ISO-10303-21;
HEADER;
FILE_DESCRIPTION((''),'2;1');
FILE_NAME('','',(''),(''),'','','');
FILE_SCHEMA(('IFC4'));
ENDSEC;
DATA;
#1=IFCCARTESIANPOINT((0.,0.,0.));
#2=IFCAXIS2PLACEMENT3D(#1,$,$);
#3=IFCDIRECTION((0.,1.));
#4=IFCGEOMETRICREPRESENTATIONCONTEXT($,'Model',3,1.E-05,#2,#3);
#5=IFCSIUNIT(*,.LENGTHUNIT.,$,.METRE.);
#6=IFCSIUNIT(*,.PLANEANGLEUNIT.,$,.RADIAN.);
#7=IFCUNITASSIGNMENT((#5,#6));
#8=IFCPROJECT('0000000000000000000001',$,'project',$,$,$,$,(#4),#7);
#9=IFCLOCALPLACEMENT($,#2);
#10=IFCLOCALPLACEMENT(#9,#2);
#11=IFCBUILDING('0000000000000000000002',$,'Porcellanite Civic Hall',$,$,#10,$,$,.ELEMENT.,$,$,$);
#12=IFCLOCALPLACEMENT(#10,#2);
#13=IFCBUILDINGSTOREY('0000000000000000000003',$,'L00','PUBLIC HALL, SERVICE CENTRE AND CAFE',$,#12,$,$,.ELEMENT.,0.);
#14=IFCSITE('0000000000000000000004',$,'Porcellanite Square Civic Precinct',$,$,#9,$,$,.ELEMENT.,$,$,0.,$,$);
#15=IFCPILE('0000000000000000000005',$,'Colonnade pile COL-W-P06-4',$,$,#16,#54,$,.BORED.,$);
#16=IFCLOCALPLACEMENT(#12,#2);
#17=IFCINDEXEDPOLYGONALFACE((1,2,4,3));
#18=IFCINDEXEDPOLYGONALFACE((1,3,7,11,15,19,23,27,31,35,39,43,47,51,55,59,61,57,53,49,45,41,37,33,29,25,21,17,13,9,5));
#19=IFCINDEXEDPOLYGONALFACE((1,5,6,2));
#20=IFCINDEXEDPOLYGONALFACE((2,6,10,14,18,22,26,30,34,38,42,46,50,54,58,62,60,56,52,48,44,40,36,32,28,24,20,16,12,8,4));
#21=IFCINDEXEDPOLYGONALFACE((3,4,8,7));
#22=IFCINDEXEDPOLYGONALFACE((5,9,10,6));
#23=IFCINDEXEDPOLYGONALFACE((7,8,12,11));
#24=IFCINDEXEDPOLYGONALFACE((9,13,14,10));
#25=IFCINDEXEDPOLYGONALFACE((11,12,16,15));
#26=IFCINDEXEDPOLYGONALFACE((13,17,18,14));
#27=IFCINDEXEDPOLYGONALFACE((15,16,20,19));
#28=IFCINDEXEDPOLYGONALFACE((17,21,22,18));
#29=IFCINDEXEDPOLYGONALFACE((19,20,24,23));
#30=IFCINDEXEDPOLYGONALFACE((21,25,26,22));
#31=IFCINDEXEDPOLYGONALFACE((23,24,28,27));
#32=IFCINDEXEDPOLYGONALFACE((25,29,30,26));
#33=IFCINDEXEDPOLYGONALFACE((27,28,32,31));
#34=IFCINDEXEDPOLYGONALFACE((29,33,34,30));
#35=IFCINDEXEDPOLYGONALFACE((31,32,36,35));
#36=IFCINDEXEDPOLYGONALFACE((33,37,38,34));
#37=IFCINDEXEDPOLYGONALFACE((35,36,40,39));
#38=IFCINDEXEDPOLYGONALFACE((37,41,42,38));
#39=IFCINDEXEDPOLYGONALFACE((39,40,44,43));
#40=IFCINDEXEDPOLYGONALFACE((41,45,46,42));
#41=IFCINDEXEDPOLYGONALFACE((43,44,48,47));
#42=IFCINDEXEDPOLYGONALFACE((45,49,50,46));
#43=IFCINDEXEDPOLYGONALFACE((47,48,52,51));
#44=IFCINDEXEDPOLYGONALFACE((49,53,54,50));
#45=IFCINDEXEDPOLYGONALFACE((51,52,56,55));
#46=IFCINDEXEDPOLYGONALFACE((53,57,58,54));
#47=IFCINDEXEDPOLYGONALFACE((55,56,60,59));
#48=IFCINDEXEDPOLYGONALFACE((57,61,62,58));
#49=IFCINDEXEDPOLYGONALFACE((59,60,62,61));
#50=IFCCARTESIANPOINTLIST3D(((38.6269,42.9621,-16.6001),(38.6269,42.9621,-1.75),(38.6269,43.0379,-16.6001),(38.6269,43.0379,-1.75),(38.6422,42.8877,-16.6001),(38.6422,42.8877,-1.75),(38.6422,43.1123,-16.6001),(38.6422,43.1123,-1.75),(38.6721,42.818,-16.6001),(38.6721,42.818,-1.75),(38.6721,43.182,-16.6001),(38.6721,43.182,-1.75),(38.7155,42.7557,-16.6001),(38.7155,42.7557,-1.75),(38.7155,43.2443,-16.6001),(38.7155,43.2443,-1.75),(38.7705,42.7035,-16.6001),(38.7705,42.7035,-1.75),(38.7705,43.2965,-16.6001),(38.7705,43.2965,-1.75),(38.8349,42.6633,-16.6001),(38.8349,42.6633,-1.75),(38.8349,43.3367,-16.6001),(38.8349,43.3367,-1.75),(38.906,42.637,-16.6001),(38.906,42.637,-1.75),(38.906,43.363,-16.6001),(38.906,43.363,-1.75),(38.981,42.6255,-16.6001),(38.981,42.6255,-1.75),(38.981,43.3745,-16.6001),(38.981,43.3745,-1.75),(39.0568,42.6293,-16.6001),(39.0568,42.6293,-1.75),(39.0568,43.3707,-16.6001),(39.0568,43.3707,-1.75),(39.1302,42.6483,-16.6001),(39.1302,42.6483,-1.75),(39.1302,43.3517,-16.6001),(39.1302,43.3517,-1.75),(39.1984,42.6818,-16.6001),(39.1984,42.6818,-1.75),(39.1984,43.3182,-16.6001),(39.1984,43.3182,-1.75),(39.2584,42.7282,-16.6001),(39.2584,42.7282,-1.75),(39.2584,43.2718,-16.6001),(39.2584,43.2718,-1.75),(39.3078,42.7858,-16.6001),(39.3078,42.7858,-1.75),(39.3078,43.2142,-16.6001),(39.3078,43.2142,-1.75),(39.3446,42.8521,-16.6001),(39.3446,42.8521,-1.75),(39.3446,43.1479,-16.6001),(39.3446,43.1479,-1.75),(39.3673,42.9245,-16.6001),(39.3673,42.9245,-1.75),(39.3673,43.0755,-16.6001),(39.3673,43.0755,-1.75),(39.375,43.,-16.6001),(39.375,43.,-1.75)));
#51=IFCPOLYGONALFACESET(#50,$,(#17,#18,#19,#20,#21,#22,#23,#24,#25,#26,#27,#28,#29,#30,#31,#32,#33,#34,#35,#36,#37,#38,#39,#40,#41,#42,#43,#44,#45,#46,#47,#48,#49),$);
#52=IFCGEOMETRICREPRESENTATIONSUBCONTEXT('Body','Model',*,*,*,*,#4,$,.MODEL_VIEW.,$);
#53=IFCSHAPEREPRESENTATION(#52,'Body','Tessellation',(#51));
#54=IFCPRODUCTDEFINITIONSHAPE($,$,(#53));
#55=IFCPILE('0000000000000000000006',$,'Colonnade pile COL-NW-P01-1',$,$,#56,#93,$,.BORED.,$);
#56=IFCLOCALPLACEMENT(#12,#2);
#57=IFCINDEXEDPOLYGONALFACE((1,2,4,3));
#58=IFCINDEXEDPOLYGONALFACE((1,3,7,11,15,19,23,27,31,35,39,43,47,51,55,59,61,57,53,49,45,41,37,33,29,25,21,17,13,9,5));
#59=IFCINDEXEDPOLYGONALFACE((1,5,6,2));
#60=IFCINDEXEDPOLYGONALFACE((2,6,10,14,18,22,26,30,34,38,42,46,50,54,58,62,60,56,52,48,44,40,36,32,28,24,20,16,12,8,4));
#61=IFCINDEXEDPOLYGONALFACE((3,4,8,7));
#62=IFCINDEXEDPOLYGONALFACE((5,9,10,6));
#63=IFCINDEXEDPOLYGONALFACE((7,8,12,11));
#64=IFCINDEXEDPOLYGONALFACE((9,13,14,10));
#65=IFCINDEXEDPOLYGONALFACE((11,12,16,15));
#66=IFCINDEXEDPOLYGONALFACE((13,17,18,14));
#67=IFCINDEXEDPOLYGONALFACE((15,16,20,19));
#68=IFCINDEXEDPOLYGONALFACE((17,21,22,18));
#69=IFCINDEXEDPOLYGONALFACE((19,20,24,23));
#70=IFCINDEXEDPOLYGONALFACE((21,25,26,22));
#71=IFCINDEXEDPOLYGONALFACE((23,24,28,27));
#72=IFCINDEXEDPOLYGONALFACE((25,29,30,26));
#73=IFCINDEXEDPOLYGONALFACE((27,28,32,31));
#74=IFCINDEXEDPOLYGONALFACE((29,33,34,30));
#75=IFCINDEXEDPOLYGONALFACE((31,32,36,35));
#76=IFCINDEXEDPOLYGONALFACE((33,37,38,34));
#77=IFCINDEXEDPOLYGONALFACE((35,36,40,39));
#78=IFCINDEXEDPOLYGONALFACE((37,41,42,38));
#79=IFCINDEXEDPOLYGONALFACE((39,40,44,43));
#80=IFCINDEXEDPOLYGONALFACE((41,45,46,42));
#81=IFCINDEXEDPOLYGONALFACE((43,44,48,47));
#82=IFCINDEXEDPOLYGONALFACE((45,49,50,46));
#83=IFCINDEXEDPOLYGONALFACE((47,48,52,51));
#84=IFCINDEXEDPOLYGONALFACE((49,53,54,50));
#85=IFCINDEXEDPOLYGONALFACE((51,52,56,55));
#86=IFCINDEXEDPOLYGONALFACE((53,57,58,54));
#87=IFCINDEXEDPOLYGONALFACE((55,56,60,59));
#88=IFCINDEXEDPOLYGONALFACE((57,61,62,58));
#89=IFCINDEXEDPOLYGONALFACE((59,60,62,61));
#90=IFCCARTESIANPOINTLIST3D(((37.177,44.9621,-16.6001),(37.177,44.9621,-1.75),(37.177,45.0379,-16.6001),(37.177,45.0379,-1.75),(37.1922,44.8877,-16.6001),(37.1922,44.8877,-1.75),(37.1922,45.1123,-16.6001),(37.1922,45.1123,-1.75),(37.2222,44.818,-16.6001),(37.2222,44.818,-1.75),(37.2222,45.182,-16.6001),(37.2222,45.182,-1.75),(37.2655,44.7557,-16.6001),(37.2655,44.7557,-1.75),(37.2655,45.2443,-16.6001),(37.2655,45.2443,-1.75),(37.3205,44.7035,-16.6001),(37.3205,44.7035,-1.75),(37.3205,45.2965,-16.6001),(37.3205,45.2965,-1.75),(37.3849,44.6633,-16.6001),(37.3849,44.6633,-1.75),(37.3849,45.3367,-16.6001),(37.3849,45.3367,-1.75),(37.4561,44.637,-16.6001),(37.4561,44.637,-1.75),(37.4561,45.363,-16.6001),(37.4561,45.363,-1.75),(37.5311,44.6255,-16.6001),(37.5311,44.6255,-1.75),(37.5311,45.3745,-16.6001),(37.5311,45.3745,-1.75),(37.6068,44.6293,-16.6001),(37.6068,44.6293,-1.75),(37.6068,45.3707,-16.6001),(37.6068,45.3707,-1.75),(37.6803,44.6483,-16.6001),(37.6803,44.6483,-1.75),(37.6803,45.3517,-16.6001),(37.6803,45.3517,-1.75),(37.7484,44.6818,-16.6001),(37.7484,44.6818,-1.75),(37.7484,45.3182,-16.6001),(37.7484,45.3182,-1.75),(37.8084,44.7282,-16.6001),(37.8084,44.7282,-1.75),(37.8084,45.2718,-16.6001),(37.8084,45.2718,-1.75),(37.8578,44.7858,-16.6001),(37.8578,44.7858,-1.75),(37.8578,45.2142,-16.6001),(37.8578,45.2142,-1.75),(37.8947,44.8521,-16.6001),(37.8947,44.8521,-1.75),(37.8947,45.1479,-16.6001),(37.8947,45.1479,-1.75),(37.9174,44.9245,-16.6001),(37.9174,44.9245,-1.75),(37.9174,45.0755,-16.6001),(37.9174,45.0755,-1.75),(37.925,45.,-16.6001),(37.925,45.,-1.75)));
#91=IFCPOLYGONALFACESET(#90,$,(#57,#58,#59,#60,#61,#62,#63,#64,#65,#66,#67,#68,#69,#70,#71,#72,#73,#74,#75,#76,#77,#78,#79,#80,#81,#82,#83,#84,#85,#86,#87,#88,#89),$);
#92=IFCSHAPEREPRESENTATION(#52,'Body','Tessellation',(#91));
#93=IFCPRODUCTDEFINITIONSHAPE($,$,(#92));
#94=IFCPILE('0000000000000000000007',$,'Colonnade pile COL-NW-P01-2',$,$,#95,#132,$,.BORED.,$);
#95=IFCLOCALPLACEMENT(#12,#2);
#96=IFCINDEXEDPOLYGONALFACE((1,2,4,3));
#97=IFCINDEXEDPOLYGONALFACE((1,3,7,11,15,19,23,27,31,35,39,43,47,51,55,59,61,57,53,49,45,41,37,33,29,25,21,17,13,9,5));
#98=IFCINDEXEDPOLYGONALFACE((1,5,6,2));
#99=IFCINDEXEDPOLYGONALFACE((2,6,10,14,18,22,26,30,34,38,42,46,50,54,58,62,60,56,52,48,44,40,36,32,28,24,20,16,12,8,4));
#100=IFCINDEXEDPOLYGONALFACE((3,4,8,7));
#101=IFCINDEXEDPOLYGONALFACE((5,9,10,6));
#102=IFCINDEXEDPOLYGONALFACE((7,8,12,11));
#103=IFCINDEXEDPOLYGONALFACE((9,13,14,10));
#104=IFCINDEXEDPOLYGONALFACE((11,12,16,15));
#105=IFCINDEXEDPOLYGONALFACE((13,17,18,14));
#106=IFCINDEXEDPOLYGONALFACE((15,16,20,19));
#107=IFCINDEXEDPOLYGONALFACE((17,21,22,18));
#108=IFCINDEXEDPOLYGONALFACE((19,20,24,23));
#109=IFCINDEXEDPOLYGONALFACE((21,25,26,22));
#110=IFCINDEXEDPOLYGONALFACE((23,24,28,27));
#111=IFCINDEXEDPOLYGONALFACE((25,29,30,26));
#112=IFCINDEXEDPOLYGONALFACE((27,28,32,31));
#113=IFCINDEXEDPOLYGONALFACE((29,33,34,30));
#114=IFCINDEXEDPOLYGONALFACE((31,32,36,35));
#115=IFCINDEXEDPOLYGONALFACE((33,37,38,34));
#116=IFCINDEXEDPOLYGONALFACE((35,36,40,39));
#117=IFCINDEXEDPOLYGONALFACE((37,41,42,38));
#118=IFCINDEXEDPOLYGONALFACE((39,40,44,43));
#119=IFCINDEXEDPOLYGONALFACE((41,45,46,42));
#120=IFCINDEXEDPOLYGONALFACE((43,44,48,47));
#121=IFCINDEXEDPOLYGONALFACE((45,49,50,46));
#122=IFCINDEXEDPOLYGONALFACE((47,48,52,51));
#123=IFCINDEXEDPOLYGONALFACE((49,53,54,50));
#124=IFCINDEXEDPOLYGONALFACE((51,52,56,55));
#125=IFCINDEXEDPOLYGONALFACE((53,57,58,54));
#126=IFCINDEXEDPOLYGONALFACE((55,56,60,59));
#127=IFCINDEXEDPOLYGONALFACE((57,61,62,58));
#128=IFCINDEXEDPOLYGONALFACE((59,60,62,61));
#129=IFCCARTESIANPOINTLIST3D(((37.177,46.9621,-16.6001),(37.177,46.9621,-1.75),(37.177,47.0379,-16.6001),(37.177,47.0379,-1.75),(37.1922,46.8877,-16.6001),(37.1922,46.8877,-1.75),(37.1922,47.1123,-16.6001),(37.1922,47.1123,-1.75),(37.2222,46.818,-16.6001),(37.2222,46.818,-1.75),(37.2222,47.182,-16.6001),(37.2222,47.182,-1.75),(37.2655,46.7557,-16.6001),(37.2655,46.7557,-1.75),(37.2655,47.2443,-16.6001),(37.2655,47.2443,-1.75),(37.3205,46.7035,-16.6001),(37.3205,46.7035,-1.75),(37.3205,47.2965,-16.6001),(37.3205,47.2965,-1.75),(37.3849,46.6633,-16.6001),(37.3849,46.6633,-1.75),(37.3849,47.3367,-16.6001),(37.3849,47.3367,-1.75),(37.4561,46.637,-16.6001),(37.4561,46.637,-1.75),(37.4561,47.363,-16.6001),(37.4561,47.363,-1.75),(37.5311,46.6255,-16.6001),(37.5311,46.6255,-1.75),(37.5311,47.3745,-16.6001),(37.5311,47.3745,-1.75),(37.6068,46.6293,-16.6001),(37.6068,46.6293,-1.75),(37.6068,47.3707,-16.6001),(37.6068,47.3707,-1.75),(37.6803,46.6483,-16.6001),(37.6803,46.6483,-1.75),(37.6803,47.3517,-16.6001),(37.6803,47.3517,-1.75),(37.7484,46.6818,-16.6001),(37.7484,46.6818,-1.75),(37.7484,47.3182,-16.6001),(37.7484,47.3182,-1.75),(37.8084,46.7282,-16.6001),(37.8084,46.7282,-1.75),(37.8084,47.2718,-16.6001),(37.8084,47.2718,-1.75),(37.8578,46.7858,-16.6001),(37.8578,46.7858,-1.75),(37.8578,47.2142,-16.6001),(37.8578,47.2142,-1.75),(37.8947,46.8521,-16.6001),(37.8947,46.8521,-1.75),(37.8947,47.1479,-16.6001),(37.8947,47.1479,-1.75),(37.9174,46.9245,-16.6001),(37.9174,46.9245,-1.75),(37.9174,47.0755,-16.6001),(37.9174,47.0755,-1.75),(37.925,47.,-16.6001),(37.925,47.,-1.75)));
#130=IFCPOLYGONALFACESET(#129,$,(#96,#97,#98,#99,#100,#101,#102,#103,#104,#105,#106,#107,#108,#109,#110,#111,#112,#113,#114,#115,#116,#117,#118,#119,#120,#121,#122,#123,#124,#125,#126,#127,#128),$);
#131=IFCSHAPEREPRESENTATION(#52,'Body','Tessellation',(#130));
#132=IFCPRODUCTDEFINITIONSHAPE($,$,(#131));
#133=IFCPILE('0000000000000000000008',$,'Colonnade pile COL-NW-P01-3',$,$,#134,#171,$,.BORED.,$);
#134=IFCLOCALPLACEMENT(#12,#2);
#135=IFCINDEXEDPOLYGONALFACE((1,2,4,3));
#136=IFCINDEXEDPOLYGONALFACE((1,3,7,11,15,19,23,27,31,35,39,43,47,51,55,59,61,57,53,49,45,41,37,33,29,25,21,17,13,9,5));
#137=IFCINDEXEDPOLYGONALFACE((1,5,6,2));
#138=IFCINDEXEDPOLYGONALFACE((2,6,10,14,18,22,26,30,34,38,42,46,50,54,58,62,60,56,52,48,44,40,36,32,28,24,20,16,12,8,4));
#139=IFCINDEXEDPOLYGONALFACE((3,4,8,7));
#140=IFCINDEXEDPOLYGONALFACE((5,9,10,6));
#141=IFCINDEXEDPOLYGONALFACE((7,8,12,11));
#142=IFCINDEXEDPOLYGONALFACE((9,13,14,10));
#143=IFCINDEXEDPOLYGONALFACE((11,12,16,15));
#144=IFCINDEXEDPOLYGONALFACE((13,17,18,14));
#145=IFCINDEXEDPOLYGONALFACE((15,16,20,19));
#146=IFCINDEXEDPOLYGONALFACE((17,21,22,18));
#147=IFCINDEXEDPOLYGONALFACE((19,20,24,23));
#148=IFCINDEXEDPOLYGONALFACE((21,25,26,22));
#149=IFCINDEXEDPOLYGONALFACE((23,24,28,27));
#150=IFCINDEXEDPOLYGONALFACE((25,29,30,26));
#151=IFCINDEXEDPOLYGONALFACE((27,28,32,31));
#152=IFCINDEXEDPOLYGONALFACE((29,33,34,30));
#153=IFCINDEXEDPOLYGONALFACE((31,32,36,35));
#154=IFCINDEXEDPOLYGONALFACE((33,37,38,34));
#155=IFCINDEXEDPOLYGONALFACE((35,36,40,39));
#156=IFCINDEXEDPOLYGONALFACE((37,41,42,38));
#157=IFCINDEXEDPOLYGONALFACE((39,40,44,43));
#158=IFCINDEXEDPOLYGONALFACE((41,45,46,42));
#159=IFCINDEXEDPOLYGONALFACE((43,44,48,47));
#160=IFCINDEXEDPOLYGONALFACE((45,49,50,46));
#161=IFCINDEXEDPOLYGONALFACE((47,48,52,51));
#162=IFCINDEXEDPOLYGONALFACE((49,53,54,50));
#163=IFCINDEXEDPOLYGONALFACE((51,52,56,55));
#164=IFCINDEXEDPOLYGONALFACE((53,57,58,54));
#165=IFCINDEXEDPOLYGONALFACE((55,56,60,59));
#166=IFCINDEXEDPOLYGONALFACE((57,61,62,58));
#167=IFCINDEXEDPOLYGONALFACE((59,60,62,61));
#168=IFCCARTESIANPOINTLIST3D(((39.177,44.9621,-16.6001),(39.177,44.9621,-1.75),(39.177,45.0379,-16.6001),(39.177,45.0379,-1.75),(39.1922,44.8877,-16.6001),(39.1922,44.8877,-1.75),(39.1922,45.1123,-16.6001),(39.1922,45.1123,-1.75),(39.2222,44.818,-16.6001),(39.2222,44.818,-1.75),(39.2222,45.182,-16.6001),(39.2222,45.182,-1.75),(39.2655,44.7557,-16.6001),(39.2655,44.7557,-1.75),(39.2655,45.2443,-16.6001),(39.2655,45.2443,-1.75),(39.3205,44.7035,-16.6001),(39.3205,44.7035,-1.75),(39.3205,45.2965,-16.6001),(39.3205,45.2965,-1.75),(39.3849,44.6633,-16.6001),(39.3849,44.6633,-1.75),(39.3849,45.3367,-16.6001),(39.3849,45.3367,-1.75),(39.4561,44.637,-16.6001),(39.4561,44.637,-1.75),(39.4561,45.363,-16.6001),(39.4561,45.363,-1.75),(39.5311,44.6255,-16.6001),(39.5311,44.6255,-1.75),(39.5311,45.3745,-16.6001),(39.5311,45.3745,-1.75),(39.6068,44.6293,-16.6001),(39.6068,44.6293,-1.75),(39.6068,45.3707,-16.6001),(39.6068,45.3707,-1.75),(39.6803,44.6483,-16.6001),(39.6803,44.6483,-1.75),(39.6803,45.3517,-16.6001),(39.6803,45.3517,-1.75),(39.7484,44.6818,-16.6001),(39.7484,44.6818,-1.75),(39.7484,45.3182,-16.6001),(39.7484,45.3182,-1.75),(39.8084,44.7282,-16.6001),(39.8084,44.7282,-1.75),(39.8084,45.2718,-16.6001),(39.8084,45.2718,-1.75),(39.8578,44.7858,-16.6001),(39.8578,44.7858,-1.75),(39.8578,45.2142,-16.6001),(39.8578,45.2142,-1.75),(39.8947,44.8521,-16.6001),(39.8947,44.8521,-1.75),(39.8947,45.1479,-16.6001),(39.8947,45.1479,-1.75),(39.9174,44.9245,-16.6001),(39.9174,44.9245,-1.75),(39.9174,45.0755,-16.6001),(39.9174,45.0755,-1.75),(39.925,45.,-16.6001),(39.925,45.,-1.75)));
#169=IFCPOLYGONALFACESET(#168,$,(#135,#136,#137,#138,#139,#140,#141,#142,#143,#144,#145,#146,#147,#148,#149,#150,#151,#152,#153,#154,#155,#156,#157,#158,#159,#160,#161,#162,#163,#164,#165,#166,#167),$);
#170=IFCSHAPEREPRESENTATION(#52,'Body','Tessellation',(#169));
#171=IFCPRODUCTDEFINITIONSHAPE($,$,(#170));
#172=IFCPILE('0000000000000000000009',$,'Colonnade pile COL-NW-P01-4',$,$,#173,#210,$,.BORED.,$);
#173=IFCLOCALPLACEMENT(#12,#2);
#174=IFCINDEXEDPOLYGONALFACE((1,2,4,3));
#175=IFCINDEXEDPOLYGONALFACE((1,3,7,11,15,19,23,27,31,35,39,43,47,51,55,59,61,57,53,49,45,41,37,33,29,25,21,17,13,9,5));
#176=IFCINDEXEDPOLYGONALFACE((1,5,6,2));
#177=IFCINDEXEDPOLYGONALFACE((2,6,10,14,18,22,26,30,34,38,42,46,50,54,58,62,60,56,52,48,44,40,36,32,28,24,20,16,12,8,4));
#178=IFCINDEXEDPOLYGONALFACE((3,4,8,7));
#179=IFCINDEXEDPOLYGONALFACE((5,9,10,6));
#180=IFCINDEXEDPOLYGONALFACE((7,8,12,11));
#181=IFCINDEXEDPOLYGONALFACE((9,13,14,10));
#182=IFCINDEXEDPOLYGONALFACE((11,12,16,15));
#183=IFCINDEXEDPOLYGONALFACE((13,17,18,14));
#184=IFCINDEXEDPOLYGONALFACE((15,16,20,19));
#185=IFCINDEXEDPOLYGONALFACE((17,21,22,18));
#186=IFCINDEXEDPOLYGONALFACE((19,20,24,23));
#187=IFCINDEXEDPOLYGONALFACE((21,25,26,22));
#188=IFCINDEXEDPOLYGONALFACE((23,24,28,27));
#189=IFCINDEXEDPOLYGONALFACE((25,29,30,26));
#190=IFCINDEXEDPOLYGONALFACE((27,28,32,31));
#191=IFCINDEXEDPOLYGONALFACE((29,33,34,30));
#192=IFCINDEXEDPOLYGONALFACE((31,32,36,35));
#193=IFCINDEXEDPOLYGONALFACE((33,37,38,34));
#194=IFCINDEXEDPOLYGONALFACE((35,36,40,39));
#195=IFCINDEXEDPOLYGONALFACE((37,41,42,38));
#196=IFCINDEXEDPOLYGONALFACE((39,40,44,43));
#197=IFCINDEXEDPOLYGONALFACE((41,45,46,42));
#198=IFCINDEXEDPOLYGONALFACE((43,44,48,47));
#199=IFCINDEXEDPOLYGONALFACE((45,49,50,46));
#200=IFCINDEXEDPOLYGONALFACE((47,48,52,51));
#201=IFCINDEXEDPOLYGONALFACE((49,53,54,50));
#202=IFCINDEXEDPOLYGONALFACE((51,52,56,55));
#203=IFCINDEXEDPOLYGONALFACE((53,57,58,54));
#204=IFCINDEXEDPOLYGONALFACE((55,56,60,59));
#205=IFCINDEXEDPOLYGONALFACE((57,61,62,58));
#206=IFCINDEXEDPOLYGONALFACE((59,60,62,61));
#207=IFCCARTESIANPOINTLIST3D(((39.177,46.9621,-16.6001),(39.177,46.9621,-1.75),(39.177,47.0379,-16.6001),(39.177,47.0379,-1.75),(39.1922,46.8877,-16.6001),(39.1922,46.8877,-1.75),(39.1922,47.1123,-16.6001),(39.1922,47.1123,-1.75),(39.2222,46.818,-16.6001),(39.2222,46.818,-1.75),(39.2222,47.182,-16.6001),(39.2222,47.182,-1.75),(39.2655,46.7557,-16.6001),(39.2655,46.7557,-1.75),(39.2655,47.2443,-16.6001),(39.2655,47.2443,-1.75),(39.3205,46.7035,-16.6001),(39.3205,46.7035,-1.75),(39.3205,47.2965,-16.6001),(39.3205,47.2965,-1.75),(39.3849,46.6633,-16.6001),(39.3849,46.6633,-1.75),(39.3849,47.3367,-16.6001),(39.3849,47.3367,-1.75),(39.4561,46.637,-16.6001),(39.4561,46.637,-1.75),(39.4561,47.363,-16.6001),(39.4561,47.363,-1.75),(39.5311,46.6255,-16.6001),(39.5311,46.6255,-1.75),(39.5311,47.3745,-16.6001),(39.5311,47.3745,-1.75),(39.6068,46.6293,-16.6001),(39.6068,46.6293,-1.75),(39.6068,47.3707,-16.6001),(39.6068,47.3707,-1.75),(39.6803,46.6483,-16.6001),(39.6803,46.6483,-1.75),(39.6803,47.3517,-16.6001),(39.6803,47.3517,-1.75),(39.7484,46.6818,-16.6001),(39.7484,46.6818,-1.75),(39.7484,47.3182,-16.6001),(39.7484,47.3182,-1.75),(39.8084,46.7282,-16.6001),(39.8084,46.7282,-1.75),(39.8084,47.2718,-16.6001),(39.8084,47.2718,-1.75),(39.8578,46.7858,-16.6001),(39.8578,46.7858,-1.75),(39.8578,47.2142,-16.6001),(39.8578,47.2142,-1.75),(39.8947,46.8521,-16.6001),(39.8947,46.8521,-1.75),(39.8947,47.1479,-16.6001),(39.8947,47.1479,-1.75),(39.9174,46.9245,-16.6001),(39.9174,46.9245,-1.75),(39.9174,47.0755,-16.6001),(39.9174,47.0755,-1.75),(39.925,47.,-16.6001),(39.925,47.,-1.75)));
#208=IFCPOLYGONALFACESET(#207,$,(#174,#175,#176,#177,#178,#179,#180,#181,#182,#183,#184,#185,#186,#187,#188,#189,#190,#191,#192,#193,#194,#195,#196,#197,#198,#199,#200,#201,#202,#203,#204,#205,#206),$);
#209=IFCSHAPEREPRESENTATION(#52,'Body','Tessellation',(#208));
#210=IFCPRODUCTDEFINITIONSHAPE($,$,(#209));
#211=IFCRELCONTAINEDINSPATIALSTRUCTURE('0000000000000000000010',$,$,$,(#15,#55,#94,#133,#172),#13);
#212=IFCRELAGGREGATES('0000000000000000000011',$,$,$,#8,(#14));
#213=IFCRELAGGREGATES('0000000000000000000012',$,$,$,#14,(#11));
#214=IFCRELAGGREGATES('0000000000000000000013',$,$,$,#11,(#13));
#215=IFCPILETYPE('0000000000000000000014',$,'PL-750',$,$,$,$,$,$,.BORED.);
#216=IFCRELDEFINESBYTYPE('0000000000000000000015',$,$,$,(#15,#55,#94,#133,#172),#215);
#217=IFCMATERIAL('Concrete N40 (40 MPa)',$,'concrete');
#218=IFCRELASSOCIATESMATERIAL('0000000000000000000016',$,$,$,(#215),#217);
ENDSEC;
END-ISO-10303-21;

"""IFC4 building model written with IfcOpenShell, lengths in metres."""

from ifc_helpers import new_model, si_unit, direction, frame, origin, origin_2d, place, context, subcontext, project, spatial, circle, extrude, material, material_profile, profile_set, type_object, element, save


model = new_model("IFC4")

# Units and contexts
model_context = context("Model", 3, precision=1e-05, world=origin(), true_north=direction((0.0, 1.0)))
body_context = subcontext(model_context, "Body", "Model", "MODEL_VIEW")
ifc_project = project(units=[si_unit("LENGTHUNIT", "METRE"), si_unit("PLANEANGLEUNIT", "RADIAN")], contexts=[model_context])

# Site, building, storey
site_placement = place(None, origin())
site = spatial("IfcSite", under=ifc_project, at=site_placement, Name="Porcellanite Square Civic Precinct", CompositionType="ELEMENT", RefElevation=0.0)
building_placement = place(site_placement, origin())
building = spatial("IfcBuilding", under=site, at=building_placement, Name="Porcellanite Civic Hall", CompositionType="ELEMENT")
storey_placement = place(building_placement, origin())
storey = spatial("IfcBuildingStorey", under=building, at=storey_placement, Name="L00", Description="PUBLIC HALL, SERVICE CENTRE AND CAFE", CompositionType="ELEMENT", Elevation=0.0)

# Piles
ifc_material_1 = material(Name="Concrete N40 (40 MPa)", Category="concrete")
ifc_material_profile_1 = material_profile(ifc_material_1, circle(Radius=0.375, at=origin_2d()), Name="PILE-D750")
ifc_profile_set_1 = profile_set([ifc_material_profile_1], Name="Concrete N40 (40 MPa)")
pile_type = type_object("IfcPileType", Name="PL-750", PredefinedType="BORED", material=ifc_profile_set_1)
for number, where, z_axis, x_axis, name in (
    (1, (39.0, 43.0, -1.75), (0.0, 0.0, -1.0), (1.0, 0.0, 0.0), "Colonnade pile COL-W-P06-4"),
    (2, (37.55, 45.0, -1.75), (0.0, 0.0, -1.0), (1.0, 0.0, 0.0), "Colonnade pile COL-NW-P01-1"),
    (3, (37.55, 47.0, -1.75), (0.0, 0.0, -1.0), (1.0, 0.0, 0.0), "Colonnade pile COL-NW-P01-2"),
    (4, (39.55, 45.0, -1.75), (0.0, 0.0, -1.0), (1.0, 0.0, 0.0), "Colonnade pile COL-NW-P01-3"),
    (5, (39.55, 47.0, -1.75), (0.0, 0.0, -1.0), (1.0, 0.0, 0.0), "Colonnade pile COL-NW-P01-4"),
):
    element("IfcPile", number, at=place(storey_placement, frame(where, z_axis=z_axis, x_axis=x_axis)), inside=storey, type_object=pile_type, Name=name, PredefinedType="BORED", context=body_context, shape_type="SweptSolid", body=[
        extrude(circle(Radius=0.375, at=origin_2d()), origin(), (0.0, 0.0, 1.0), 14.8501),
    ])

save(model, "model.ifc")
